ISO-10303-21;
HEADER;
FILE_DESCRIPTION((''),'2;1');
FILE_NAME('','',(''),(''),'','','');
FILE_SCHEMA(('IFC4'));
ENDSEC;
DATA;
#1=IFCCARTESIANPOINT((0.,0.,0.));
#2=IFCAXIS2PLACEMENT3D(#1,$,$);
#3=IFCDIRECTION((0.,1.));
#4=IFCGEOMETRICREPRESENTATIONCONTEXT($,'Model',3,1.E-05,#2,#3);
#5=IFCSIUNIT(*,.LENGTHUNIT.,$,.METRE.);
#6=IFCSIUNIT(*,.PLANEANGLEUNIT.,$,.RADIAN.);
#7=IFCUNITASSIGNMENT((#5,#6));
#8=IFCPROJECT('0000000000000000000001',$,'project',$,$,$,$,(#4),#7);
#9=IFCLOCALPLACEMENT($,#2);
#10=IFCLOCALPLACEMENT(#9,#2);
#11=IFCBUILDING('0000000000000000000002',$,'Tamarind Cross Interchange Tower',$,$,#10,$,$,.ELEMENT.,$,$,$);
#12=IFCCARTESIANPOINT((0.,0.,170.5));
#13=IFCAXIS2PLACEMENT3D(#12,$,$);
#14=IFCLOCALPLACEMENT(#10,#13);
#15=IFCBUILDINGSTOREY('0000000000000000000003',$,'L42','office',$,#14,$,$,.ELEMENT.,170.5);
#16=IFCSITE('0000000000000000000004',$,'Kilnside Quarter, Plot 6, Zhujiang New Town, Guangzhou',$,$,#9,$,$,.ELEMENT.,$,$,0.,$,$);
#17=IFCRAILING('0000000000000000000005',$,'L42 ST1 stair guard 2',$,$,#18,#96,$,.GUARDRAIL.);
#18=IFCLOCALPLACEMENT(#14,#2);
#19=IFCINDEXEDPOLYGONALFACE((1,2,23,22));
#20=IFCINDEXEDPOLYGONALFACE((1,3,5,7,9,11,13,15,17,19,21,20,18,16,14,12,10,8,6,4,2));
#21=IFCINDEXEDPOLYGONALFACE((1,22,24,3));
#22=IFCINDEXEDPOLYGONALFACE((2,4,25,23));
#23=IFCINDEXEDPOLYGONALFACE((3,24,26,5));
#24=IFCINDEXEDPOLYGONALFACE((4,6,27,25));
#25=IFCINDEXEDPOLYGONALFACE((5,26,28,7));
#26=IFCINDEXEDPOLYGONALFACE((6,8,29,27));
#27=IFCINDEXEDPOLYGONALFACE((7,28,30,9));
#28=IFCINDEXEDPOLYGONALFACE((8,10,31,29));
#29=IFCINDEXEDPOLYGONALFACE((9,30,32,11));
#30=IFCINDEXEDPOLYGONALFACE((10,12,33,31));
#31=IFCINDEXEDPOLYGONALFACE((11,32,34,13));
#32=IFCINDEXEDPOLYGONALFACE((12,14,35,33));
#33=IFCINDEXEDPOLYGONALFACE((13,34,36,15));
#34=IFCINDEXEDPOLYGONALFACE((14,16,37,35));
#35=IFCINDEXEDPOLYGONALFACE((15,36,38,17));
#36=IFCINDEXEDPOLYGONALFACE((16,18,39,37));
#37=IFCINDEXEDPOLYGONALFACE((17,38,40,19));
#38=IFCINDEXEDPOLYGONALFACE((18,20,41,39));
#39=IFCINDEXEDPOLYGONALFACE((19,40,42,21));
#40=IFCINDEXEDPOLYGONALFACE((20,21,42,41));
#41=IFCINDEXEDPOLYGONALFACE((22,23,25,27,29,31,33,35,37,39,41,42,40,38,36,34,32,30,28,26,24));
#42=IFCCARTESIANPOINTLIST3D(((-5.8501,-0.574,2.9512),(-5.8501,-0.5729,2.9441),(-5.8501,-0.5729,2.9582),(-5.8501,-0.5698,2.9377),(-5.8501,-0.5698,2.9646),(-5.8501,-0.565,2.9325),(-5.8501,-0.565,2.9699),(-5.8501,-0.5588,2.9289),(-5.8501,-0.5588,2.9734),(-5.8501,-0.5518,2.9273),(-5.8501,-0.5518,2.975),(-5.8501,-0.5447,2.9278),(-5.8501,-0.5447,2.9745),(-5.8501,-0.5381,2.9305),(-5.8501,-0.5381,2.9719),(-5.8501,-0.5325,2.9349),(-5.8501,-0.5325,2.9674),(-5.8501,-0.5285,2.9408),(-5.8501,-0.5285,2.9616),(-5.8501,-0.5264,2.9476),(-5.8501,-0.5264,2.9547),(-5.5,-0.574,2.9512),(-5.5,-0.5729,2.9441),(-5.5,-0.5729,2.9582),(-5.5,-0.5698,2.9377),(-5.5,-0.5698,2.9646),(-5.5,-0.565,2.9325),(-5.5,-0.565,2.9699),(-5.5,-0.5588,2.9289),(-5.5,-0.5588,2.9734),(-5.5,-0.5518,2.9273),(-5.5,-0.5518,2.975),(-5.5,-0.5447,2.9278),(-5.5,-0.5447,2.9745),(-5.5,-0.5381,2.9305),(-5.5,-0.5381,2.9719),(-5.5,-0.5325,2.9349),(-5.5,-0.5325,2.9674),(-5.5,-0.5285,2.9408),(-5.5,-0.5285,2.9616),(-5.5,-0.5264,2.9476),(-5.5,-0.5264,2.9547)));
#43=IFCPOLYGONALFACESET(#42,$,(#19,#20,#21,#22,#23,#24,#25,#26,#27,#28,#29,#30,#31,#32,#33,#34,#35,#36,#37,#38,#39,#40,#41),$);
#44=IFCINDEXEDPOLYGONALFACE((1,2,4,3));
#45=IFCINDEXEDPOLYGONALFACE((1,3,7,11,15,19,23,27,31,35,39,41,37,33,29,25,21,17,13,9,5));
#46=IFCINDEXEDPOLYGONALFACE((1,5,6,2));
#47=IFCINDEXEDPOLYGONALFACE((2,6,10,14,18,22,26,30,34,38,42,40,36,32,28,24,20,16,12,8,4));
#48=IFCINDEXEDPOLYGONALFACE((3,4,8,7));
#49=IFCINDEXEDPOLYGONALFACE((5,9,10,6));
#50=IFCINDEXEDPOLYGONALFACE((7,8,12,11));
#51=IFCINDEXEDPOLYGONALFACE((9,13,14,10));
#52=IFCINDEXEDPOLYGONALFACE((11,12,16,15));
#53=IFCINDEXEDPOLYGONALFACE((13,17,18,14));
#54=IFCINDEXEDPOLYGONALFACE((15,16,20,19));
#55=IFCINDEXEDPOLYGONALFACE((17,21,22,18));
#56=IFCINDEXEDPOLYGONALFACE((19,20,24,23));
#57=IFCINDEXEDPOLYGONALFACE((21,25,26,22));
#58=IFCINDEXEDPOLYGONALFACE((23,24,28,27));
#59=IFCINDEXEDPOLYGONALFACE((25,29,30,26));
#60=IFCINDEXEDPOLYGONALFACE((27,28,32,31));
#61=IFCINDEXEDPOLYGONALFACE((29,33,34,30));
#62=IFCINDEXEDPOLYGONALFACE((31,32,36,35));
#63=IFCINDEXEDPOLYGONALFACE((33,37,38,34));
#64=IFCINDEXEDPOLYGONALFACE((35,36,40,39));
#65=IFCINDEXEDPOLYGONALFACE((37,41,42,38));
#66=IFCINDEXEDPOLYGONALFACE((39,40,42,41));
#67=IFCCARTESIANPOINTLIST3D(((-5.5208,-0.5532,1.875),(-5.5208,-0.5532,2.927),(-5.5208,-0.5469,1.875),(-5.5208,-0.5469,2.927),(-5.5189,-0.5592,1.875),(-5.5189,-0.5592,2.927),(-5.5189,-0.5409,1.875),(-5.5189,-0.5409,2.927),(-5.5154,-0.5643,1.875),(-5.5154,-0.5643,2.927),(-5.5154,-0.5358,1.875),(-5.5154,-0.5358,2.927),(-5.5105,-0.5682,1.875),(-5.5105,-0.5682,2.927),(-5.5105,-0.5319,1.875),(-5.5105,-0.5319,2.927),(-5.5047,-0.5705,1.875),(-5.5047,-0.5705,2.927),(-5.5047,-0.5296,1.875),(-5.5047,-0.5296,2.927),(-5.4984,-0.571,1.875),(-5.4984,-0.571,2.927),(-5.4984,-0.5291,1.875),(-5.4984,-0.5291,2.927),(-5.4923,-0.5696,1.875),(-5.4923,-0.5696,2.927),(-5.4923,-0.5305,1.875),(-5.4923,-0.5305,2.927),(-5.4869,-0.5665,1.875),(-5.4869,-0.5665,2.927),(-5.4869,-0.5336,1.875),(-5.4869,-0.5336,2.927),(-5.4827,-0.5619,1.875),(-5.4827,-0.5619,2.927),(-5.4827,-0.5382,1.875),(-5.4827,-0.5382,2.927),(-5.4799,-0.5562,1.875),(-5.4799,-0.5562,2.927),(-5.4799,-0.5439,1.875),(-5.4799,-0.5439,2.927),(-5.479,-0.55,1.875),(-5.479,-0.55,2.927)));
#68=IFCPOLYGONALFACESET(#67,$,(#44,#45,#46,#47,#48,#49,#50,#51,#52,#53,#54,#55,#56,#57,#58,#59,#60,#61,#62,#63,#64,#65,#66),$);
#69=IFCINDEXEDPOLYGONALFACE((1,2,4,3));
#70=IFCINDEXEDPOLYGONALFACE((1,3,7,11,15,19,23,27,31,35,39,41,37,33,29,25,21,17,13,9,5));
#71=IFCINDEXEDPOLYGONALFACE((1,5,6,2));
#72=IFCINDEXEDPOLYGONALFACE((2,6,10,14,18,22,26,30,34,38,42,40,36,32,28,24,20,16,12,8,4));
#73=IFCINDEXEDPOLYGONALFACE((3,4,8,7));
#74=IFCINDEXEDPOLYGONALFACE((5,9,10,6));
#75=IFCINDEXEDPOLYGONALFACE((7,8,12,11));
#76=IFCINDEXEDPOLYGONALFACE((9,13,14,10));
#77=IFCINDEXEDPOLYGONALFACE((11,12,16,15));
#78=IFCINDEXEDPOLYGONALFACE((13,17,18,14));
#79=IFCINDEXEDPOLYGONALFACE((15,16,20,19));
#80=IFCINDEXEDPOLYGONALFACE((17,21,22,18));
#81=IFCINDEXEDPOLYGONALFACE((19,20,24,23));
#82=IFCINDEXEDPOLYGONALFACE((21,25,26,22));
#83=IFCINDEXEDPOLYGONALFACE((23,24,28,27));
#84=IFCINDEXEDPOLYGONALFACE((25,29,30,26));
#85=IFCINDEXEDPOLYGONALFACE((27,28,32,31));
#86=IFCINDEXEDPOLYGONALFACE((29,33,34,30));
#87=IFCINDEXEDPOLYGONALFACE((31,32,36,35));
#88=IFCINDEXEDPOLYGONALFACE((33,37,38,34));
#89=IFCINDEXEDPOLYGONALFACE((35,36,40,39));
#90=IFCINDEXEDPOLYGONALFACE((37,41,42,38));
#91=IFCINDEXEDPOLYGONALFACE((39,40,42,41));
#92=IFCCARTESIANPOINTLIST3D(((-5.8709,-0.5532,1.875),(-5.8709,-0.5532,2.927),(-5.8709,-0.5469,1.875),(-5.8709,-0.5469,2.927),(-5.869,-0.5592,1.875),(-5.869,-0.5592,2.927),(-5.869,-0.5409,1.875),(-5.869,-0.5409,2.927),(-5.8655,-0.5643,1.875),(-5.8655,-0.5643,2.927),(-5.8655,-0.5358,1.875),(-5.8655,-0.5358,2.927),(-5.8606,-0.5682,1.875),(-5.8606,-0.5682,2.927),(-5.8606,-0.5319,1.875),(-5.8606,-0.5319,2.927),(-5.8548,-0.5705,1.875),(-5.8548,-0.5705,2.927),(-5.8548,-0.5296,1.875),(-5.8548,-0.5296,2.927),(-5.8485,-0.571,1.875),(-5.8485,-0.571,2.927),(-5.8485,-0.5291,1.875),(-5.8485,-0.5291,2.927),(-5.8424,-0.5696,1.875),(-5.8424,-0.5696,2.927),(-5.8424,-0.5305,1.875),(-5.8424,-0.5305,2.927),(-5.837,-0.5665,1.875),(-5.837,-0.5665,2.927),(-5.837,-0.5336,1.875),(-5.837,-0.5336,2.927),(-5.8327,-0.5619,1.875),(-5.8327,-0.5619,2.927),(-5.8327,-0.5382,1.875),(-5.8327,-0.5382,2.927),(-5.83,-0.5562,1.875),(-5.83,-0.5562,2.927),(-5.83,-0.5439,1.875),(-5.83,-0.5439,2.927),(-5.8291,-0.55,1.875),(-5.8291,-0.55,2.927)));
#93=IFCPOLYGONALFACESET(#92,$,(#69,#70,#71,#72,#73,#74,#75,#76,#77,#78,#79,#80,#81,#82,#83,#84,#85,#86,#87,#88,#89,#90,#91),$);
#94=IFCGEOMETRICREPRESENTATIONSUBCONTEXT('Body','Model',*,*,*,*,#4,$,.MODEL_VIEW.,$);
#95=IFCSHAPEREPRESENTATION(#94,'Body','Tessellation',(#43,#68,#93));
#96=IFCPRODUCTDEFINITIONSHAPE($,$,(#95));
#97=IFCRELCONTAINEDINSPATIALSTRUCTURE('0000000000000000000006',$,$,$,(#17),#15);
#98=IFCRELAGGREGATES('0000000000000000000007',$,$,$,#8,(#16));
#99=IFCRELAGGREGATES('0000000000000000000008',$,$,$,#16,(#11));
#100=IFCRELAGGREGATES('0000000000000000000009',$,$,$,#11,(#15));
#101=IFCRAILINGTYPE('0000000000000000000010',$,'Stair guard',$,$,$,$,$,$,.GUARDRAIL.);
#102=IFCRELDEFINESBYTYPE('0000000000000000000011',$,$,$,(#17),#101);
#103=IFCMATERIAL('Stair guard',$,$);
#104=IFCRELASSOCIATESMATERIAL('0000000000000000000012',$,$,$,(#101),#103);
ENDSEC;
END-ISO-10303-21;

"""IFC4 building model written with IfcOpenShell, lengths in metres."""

from ifc_helpers import new_model, si_unit, direction, frame, origin, origin_2d, place, context, subcontext, project, spatial, circle, extrude, material, type_object, element, save


model = new_model("IFC4")

# Units and contexts
model_context = context("Model", 3, precision=1e-05, world=origin(), true_north=direction((0.0, 1.0)))
body_context = subcontext(model_context, "Body", "Model", "MODEL_VIEW")
ifc_project = project(units=[si_unit("LENGTHUNIT", "METRE"), si_unit("PLANEANGLEUNIT", "RADIAN")], contexts=[model_context])

# Site, building, storey
site_placement = place(None, origin())
site = spatial("IfcSite", under=ifc_project, at=site_placement, Name="Kilnside Quarter, Plot 6, Zhujiang New Town, Guangzhou", CompositionType="ELEMENT", RefElevation=0.0)
building_placement = place(site_placement, origin())
building = spatial("IfcBuilding", under=site, at=building_placement, Name="Tamarind Cross Interchange Tower", CompositionType="ELEMENT")
storey_placement = place(building_placement, frame((0.0, 0.0, 170.5)))
storey = spatial("IfcBuildingStorey", under=building, at=storey_placement, Name="L42", Description="office", CompositionType="ELEMENT", Elevation=170.5)

# Railing
ifc_material_1 = material(Name="Stair guard")
railing_type_1 = type_object("IfcRailingType", Name="Stair guard", PredefinedType="GUARDRAIL", material=ifc_material_1)
railing_1_placement = place(storey_placement, frame((-5.5, -0.55, 1.875)))
element("IfcRailing", 1, at=railing_1_placement, inside=storey, type_object=railing_type_1, Name="L42 ST1 stair guard 2", PredefinedType="GUARDRAIL", context=body_context, shape_type="SweptSolid", body=[
    extrude(circle(Radius=0.0239, at=origin_2d()), frame((0.0, 0.0, 1.0762), z_axis=(-1.0, 0.0, 0.0), x_axis=(0.0, -1.0, 0.0)), (0.0, 0.0, 1.0), 0.3501),
    extrude(circle(Radius=0.021, at=origin_2d()), origin(), (0.0, 0.0, 1.0), 1.052),
    extrude(circle(Radius=0.021, at=origin_2d()), frame((-0.3501, 0.0, 0.0)), (0.0, 0.0, 1.0), 1.052),
])

save(model, "model.ifc")
